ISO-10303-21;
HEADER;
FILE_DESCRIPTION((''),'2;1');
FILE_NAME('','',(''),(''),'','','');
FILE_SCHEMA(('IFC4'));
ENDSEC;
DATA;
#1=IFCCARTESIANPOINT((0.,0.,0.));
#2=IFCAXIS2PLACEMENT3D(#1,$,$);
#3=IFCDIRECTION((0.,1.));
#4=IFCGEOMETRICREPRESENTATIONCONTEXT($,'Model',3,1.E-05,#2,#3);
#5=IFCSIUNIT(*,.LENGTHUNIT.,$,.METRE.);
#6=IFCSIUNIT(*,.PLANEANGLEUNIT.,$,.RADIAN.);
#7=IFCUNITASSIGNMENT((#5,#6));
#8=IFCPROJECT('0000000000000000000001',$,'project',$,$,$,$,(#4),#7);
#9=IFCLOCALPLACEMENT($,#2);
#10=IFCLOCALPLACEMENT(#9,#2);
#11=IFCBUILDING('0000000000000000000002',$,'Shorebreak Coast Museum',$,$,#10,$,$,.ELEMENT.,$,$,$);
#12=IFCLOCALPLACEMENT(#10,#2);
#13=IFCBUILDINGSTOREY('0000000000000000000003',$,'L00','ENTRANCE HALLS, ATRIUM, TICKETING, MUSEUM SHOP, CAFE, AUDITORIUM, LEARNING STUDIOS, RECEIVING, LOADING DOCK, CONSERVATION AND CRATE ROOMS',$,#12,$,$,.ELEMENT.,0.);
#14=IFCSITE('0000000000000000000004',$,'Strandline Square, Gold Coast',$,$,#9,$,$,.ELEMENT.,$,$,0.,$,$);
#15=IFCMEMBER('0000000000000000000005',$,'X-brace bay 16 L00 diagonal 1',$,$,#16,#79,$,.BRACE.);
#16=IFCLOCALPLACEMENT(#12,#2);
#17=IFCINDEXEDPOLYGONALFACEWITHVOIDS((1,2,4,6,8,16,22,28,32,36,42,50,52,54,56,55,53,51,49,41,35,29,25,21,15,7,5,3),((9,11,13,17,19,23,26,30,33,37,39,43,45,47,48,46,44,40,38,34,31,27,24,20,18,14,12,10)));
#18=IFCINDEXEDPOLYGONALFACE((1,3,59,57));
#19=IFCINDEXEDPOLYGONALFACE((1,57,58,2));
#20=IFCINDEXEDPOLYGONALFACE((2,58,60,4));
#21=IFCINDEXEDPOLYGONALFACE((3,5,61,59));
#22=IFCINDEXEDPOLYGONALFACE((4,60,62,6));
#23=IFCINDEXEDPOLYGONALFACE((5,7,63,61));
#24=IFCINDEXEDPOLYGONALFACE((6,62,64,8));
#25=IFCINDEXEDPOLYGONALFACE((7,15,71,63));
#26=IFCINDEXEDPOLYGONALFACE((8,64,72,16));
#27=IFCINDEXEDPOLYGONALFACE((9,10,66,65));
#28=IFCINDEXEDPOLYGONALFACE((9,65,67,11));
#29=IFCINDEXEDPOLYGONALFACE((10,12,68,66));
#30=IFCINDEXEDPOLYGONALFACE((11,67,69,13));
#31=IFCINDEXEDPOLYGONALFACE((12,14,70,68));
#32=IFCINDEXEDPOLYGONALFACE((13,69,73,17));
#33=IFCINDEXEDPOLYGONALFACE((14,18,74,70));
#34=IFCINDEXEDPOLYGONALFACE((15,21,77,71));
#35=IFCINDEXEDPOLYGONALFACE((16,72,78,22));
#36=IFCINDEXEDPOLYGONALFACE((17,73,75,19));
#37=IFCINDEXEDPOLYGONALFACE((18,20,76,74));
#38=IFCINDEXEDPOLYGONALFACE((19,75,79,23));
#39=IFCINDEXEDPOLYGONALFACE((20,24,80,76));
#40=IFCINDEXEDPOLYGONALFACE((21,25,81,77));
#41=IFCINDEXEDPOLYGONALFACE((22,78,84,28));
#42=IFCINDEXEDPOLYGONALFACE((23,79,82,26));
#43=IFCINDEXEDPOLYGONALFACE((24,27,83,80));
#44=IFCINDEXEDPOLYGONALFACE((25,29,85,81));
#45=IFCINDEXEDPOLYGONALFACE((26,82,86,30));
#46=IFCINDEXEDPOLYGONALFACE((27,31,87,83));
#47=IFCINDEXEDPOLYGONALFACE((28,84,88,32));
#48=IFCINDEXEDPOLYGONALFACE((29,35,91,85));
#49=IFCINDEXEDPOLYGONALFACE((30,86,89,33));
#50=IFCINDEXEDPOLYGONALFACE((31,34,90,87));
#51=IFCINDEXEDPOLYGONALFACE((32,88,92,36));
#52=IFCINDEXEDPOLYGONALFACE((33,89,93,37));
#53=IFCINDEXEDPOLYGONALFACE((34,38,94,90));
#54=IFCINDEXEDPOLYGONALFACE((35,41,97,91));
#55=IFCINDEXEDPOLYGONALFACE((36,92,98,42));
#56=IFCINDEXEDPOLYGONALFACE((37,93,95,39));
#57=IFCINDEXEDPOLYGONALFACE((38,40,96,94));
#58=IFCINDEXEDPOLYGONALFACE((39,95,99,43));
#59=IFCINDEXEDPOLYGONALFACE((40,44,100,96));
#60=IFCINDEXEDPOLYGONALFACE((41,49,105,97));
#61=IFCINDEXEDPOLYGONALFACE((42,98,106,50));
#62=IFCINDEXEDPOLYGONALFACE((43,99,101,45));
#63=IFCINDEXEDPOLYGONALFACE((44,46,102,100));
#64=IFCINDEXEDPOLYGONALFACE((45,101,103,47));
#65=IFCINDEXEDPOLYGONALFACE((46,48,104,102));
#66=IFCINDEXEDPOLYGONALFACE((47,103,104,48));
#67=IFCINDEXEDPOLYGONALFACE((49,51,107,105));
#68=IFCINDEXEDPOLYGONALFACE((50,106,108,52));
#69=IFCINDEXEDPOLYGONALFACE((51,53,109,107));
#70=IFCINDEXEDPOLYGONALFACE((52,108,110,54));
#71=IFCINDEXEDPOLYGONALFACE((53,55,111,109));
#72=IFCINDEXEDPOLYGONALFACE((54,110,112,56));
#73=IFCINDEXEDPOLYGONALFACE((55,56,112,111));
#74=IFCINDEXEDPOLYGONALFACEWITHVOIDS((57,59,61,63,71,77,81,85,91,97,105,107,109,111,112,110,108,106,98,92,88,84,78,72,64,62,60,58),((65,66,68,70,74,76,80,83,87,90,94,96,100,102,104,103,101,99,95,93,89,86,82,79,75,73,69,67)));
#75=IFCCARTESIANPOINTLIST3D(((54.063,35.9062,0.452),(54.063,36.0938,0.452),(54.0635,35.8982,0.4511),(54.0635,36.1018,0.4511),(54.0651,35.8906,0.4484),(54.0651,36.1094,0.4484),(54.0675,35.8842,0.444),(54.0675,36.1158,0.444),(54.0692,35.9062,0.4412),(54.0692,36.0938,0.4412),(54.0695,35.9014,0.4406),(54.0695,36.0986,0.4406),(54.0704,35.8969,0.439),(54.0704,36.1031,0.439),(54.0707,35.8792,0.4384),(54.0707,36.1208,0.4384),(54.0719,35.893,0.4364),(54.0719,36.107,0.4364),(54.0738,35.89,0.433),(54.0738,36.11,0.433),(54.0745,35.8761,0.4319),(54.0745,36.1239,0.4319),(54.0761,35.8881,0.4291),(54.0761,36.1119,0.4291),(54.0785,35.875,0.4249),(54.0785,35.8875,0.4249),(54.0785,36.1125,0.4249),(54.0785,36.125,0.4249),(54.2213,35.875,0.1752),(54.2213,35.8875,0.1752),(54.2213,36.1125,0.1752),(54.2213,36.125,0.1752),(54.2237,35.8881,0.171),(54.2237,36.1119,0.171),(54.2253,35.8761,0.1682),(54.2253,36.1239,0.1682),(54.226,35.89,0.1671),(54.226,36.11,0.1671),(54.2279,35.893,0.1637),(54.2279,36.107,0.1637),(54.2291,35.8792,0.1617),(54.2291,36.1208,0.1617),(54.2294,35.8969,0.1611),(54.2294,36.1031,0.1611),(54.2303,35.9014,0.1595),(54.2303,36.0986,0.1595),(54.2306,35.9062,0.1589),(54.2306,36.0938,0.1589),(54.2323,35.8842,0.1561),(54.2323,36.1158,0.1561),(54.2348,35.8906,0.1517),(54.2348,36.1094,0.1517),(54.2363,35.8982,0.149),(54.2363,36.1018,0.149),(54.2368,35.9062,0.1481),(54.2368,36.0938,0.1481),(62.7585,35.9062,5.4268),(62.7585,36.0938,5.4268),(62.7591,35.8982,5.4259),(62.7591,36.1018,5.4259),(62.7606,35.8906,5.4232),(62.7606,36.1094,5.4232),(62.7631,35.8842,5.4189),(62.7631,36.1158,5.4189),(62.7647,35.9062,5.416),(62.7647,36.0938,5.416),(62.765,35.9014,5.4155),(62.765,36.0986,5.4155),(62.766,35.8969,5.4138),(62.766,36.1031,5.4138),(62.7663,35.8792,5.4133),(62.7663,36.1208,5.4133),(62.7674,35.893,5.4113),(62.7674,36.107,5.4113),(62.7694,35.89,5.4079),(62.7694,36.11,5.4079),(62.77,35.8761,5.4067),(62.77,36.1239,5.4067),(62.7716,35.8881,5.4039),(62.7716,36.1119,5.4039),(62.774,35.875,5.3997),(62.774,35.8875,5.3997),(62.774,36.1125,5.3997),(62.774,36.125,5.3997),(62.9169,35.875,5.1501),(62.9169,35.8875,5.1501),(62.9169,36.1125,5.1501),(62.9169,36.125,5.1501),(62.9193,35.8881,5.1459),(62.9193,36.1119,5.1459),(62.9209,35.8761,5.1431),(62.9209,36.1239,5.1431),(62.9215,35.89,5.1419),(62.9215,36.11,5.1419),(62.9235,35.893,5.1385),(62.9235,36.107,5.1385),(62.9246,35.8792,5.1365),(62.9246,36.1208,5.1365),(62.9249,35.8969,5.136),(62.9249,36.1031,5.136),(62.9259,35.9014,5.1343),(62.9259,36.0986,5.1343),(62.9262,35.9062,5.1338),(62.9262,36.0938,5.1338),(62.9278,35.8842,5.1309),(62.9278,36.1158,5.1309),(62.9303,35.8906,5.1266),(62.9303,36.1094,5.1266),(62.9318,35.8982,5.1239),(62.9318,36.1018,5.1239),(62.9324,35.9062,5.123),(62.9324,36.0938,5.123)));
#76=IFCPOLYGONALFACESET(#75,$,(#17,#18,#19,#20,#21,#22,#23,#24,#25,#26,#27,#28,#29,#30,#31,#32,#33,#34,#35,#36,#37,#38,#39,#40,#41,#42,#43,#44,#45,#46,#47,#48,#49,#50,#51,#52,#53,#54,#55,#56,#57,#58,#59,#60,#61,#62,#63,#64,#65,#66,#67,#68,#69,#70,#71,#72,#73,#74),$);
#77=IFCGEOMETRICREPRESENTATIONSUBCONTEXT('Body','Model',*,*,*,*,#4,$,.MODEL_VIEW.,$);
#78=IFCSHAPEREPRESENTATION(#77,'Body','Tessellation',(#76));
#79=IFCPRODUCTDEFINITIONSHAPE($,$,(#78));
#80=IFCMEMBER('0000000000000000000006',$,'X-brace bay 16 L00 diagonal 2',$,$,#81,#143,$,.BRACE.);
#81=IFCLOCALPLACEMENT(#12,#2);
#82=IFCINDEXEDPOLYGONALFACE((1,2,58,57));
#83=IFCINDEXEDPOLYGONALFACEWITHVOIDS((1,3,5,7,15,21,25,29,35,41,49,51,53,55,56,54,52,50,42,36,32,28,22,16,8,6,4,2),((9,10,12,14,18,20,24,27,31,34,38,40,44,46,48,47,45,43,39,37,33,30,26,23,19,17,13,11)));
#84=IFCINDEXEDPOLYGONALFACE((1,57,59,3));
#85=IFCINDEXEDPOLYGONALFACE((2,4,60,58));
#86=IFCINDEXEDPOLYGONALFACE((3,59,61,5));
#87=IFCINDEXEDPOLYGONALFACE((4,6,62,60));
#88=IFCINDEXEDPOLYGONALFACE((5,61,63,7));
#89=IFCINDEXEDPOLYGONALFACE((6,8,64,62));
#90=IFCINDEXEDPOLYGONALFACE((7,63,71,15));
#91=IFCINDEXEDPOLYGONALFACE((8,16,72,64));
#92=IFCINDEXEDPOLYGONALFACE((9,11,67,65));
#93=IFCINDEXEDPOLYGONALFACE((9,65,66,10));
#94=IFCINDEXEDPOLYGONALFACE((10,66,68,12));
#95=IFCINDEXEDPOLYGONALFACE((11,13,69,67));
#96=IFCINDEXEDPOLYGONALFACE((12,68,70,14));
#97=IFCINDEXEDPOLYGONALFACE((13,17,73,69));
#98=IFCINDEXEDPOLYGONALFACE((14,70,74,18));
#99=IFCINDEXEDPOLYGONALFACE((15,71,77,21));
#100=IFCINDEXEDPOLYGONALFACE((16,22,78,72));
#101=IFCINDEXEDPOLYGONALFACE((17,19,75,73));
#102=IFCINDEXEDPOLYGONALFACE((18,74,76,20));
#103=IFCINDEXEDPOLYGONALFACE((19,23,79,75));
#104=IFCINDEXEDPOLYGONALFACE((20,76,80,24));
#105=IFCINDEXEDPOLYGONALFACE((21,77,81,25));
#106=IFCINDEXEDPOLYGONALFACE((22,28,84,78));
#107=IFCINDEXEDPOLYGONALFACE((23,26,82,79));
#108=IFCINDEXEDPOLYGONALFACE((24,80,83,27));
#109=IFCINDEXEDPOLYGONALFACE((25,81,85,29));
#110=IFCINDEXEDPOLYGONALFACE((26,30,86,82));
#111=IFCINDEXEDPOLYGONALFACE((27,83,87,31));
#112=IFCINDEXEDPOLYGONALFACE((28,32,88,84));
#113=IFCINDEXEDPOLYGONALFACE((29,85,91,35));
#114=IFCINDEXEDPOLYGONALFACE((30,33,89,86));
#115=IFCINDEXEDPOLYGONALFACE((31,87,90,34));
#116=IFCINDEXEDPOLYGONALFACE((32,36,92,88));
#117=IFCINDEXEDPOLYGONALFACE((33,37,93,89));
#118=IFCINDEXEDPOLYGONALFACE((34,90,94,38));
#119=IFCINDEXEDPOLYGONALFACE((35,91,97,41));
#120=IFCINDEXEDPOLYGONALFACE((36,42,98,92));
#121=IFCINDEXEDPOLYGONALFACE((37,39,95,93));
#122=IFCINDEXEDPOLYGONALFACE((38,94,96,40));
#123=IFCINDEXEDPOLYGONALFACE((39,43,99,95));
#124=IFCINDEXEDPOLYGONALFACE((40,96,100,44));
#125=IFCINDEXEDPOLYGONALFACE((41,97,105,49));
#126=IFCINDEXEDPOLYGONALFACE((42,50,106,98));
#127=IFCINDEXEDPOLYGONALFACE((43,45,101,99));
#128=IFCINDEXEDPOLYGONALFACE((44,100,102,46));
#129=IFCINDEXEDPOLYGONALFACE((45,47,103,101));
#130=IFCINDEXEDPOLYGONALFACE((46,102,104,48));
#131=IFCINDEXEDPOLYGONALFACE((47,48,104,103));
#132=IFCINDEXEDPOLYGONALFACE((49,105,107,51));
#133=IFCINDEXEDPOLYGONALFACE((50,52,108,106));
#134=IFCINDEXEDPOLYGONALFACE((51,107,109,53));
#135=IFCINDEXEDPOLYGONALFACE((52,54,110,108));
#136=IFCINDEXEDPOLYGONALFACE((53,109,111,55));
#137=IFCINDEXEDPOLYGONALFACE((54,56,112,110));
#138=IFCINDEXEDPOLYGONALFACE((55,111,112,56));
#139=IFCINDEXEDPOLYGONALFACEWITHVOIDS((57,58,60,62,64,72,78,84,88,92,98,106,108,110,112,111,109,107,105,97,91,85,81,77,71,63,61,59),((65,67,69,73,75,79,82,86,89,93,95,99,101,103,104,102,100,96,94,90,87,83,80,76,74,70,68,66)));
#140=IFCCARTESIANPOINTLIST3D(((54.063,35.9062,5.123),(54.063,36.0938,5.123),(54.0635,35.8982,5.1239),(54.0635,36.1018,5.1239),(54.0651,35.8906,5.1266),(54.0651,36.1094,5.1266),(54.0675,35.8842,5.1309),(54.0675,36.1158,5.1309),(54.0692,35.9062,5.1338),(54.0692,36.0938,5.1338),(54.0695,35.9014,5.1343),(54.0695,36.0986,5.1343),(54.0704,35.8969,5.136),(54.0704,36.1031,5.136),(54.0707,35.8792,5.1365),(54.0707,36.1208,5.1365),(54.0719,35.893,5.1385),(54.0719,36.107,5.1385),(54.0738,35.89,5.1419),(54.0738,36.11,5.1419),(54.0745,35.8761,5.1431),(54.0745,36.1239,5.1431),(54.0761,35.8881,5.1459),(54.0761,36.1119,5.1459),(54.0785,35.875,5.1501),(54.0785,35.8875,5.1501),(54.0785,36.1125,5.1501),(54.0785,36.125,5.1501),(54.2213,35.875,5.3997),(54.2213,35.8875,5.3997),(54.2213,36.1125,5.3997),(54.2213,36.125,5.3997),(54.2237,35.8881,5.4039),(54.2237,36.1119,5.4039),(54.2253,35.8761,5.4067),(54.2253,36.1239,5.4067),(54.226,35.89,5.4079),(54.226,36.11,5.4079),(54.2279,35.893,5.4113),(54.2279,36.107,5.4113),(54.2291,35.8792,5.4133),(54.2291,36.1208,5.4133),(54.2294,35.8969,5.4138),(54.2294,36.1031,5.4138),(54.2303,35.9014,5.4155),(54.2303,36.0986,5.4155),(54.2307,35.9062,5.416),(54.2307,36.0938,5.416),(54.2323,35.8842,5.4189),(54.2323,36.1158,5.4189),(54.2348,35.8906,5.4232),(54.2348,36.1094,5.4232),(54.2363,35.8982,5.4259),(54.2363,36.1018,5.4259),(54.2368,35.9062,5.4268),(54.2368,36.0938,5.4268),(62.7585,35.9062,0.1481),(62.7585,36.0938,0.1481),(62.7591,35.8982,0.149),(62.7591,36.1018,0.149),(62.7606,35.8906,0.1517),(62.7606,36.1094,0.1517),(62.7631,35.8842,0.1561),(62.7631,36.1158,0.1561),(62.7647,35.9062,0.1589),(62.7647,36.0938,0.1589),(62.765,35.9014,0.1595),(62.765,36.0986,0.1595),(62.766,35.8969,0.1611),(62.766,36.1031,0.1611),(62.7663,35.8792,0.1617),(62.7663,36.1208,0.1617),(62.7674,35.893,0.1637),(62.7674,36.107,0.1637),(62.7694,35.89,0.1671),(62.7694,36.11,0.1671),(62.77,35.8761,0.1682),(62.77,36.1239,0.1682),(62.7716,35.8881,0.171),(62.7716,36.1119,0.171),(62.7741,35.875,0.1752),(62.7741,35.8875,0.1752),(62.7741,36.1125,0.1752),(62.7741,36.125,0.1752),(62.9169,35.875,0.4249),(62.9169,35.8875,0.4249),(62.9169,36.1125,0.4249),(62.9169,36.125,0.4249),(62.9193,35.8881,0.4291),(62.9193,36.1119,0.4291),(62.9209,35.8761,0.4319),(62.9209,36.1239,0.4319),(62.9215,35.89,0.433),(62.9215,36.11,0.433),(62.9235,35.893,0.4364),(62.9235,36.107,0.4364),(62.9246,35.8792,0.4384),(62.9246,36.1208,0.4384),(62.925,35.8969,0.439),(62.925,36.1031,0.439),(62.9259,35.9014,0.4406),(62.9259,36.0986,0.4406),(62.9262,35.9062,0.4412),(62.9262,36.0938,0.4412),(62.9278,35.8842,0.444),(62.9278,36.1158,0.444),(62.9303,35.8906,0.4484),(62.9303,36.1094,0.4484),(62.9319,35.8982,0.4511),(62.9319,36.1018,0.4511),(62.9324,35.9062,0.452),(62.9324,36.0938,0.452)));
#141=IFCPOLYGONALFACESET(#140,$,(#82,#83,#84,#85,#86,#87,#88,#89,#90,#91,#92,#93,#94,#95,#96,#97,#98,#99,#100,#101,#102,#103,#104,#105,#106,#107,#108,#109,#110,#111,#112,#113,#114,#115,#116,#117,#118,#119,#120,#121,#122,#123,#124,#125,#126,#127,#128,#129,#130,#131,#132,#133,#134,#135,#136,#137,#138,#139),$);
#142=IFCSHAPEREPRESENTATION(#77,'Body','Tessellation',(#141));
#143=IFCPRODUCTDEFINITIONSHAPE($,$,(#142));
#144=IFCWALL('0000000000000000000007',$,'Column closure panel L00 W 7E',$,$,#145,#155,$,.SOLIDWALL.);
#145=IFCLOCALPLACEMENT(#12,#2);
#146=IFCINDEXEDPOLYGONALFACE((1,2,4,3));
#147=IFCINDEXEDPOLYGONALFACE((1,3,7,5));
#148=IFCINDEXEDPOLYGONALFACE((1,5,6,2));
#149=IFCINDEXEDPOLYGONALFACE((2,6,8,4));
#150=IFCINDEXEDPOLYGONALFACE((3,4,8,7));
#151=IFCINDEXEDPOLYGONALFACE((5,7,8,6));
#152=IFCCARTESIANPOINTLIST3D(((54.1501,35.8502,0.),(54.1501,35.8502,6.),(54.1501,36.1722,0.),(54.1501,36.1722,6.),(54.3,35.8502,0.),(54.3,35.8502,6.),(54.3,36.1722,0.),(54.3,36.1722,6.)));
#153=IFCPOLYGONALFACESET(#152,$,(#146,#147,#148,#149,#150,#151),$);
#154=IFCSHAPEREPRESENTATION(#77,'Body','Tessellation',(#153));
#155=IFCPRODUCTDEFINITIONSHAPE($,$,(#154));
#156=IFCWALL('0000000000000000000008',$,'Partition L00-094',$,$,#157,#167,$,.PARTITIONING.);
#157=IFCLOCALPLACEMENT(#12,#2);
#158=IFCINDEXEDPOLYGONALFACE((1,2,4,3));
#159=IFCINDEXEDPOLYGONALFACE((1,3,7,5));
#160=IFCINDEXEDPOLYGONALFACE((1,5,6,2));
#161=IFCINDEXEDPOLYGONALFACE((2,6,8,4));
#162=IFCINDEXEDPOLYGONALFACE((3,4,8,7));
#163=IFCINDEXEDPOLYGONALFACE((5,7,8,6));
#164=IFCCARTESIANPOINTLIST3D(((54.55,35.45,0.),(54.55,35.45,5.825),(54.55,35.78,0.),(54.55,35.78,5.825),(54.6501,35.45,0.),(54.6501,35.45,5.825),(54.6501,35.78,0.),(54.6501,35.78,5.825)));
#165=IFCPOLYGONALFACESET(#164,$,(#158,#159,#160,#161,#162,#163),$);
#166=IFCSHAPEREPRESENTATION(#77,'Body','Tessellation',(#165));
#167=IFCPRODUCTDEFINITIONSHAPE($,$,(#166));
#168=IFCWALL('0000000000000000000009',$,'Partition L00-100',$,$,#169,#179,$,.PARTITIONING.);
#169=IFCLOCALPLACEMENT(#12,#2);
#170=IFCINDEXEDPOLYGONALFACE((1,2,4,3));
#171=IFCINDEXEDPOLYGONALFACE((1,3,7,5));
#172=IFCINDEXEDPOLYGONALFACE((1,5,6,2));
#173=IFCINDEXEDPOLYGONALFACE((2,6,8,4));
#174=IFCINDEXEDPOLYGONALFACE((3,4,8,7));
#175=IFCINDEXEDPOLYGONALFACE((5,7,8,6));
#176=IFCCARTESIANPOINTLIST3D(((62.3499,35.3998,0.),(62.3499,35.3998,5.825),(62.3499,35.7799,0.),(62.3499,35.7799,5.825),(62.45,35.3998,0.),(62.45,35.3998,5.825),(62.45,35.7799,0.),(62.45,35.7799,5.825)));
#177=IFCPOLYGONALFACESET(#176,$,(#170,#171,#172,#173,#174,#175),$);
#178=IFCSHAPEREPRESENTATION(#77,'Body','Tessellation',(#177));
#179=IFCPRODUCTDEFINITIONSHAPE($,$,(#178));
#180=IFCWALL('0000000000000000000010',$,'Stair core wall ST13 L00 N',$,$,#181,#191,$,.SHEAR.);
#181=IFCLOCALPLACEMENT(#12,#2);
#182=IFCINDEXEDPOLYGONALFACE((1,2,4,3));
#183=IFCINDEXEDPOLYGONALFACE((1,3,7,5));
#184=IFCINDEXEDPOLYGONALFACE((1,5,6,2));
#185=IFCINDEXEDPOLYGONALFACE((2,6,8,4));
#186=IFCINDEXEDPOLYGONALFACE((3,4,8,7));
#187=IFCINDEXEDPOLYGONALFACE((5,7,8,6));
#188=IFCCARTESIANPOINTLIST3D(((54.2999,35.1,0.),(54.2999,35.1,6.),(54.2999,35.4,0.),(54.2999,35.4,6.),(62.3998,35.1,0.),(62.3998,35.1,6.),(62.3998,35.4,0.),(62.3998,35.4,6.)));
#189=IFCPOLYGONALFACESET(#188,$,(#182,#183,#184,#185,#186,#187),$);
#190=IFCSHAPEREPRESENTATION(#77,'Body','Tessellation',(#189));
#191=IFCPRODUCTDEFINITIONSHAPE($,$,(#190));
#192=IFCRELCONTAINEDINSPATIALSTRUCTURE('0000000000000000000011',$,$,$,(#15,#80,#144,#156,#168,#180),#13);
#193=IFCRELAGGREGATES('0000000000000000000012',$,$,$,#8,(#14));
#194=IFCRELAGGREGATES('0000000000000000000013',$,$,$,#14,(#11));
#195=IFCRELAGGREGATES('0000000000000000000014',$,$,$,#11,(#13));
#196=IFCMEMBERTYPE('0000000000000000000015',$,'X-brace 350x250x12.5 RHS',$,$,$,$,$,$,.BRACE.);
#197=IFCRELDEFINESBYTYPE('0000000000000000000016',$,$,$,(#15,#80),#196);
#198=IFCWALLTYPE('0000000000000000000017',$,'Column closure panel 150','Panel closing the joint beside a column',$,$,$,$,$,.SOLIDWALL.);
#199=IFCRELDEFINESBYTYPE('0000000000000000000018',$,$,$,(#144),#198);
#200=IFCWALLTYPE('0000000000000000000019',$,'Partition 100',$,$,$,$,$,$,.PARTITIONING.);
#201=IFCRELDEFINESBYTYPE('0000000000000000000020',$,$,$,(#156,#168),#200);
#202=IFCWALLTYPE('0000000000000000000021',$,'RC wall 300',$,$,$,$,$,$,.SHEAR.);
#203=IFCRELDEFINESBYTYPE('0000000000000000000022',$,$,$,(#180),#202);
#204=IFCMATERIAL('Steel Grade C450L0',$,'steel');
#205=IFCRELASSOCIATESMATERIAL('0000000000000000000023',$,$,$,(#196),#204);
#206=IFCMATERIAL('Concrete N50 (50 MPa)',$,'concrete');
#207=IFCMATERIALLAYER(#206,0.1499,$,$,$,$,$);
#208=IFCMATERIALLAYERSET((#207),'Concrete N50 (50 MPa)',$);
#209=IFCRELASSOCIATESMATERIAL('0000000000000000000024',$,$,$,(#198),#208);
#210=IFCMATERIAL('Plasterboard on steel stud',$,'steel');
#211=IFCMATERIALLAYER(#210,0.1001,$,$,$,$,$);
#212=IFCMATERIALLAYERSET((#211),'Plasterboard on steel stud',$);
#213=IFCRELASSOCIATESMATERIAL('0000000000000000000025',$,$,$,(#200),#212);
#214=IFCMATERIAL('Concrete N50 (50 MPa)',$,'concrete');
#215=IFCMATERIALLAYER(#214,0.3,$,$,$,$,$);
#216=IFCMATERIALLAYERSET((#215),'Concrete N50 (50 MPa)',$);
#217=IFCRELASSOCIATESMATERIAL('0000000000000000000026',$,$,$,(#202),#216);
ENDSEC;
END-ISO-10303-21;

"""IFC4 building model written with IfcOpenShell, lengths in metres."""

from ifc_helpers import new_model, si_unit, direction, frame, frame_2d, origin, origin_2d, place, context, subcontext, project, spatial, rectangle, hollow_rectangle, extrude, material, layer, layer_set, material_profile, profile_set, type_object, element, save


model = new_model("IFC4")

# Units and contexts
model_context = context("Model", 3, precision=1e-05, world=origin(), true_north=direction((0.0, 1.0)))
body_context = subcontext(model_context, "Body", "Model", "MODEL_VIEW")
ifc_project = project(units=[si_unit("LENGTHUNIT", "METRE"), si_unit("PLANEANGLEUNIT", "RADIAN")], contexts=[model_context])

# Site, building, storey
site_placement = place(None, origin())
site = spatial("IfcSite", under=ifc_project, at=site_placement, Name="Strandline Square, Gold Coast", CompositionType="ELEMENT", RefElevation=0.0)
building_placement = place(site_placement, origin())
building = spatial("IfcBuilding", under=site, at=building_placement, Name="Shorebreak Coast Museum", CompositionType="ELEMENT")
storey_placement = place(building_placement, origin())
storey = spatial("IfcBuildingStorey", under=building, at=storey_placement, Name="L00", Description="ENTRANCE HALLS, ATRIUM, TICKETING, MUSEUM SHOP, CAFE, AUDITORIUM, LEARNING STUDIOS, RECEIVING, LOADING DOCK, CONSERVATION AND CRATE ROOMS", CompositionType="ELEMENT", Elevation=0.0)

# Members
ifc_material_1 = material(Name="Steel Grade C450L0", Category="steel")
ifc_material_profile_1 = material_profile(ifc_material_1, hollow_rectangle(XDim=0.25, YDim=0.3501, WallThickness=0.0125, InnerFilletRadius=0.0188, OuterFilletRadius=0.0312, at=origin_2d()), Name="350x250x12.5 RHS")
ifc_profile_set_1 = profile_set([ifc_material_profile_1], Name="Steel Grade C450L0")
member_type = type_object("IfcMemberType", Name="X-brace 350x250x12.5 RHS", PredefinedType="BRACE", material=ifc_profile_set_1)
for number, where, z_axis, x_axis, name in (
    (1, (54.1499, 36.0, 0.3), (0.867987, 0.0, 0.496588), (0.0, 1.0, 0.0), "X-brace bay 16 L00 diagonal 1"),
    (2, (62.8455, 36.0, 0.3), (-0.867987, 0.0, 0.496588), (0.0, -1.0, 0.0), "X-brace bay 16 L00 diagonal 2"),
):
    element("IfcMember", number, at=place(storey_placement, frame(where, z_axis=z_axis, x_axis=x_axis)), inside=storey, type_object=member_type, Name=name, PredefinedType="BRACE", context=body_context, shape_type="SweptSolid", body=[
        extrude(hollow_rectangle(XDim=0.25, YDim=0.3501, WallThickness=0.0125, InnerFilletRadius=0.0188, OuterFilletRadius=0.0312, at=origin_2d()), origin(), (0.0, 0.0, 1.0), 10.0181),
    ])

# Walls
ifc_material_2 = material(Name="Concrete N50 (50 MPa)", Category="concrete")
ifc_layer_1 = layer(ifc_material_2, 0.1499)
ifc_layer_set_1 = layer_set([ifc_layer_1], Name="Concrete N50 (50 MPa)")
wall_type_1 = type_object("IfcWallType", Name="Column closure panel 150", Description="Panel closing the joint beside a column", PredefinedType="SOLIDWALL", material=ifc_layer_set_1)
wall_1_placement = place(storey_placement, frame((54.2251, 35.8501, 0.0), z_axis=(0.0, 0.0, 1.0), x_axis=(0.0, 1.0, 0.0)))
element("IfcWall", 3, at=wall_1_placement, inside=storey, type_object=wall_type_1, Name="Column closure panel L00 W 7E", PredefinedType="SOLIDWALL", context=body_context, shape_type="SweptSolid", body=[
    extrude(rectangle(XDim=0.322, YDim=0.1499, at=frame_2d((0.1611, 0.0))), origin(), (0.0, 0.0, 1.0), 6.0),
])
ifc_material_3 = material(Name="Plasterboard on steel stud", Category="steel")
ifc_layer_2 = layer(ifc_material_3, 0.1001)
ifc_layer_set_2 = layer_set([ifc_layer_2], Name="Plasterboard on steel stud")
wall_type_2 = type_object("IfcWallType", Name="Partition 100", PredefinedType="PARTITIONING", material=ifc_layer_set_2)
wall_2_placement = place(storey_placement, frame((54.6001, 35.45, 0.0), z_axis=(0.0, 0.0, 1.0), x_axis=(0.0, 1.0, 0.0)))
element("IfcWall", 4, at=wall_2_placement, inside=storey, type_object=wall_type_2, Name="Partition L00-094", PredefinedType="PARTITIONING", context=body_context, shape_type="SweptSolid", body=[
    extrude(rectangle(XDim=0.3301, YDim=0.1001, at=frame_2d((0.165, 0.0))), origin(), (0.0, 0.0, 1.0), 5.825),
])
wall_3_placement = place(storey_placement, frame((62.3999, 35.3999, 0.0), z_axis=(0.0, 0.0, 1.0), x_axis=(0.0, 1.0, 0.0)))
element("IfcWall", 5, at=wall_3_placement, inside=storey, type_object=wall_type_2, Name="Partition L00-100", PredefinedType="PARTITIONING", context=body_context, shape_type="SweptSolid", body=[
    extrude(rectangle(XDim=0.3801, YDim=0.1001, at=frame_2d((0.1899, 0.0))), origin(), (0.0, 0.0, 1.0), 5.825),
])
ifc_material_4 = material(Name="Concrete N50 (50 MPa)", Category="concrete")
ifc_layer_3 = layer(ifc_material_4, 0.3)
ifc_layer_set_3 = layer_set([ifc_layer_3], Name="Concrete N50 (50 MPa)")
wall_type_3 = type_object("IfcWallType", Name="RC wall 300", PredefinedType="SHEAR", material=ifc_layer_set_3)
wall_4_placement = place(storey_placement, frame((54.3, 35.25, 0.0), z_axis=(0.0, 0.0, 1.0), x_axis=(1.0, 0.0, 0.0)))
element("IfcWall", 6, at=wall_4_placement, inside=storey, type_object=wall_type_3, Name="Stair core wall ST13 L00 N", PredefinedType="SHEAR", context=body_context, shape_type="SweptSolid", body=[
    extrude(rectangle(XDim=8.0999, YDim=0.3, at=frame_2d((4.0498, 0.0))), origin(), (0.0, 0.0, 1.0), 6.0),
])

save(model, "model.ifc")
